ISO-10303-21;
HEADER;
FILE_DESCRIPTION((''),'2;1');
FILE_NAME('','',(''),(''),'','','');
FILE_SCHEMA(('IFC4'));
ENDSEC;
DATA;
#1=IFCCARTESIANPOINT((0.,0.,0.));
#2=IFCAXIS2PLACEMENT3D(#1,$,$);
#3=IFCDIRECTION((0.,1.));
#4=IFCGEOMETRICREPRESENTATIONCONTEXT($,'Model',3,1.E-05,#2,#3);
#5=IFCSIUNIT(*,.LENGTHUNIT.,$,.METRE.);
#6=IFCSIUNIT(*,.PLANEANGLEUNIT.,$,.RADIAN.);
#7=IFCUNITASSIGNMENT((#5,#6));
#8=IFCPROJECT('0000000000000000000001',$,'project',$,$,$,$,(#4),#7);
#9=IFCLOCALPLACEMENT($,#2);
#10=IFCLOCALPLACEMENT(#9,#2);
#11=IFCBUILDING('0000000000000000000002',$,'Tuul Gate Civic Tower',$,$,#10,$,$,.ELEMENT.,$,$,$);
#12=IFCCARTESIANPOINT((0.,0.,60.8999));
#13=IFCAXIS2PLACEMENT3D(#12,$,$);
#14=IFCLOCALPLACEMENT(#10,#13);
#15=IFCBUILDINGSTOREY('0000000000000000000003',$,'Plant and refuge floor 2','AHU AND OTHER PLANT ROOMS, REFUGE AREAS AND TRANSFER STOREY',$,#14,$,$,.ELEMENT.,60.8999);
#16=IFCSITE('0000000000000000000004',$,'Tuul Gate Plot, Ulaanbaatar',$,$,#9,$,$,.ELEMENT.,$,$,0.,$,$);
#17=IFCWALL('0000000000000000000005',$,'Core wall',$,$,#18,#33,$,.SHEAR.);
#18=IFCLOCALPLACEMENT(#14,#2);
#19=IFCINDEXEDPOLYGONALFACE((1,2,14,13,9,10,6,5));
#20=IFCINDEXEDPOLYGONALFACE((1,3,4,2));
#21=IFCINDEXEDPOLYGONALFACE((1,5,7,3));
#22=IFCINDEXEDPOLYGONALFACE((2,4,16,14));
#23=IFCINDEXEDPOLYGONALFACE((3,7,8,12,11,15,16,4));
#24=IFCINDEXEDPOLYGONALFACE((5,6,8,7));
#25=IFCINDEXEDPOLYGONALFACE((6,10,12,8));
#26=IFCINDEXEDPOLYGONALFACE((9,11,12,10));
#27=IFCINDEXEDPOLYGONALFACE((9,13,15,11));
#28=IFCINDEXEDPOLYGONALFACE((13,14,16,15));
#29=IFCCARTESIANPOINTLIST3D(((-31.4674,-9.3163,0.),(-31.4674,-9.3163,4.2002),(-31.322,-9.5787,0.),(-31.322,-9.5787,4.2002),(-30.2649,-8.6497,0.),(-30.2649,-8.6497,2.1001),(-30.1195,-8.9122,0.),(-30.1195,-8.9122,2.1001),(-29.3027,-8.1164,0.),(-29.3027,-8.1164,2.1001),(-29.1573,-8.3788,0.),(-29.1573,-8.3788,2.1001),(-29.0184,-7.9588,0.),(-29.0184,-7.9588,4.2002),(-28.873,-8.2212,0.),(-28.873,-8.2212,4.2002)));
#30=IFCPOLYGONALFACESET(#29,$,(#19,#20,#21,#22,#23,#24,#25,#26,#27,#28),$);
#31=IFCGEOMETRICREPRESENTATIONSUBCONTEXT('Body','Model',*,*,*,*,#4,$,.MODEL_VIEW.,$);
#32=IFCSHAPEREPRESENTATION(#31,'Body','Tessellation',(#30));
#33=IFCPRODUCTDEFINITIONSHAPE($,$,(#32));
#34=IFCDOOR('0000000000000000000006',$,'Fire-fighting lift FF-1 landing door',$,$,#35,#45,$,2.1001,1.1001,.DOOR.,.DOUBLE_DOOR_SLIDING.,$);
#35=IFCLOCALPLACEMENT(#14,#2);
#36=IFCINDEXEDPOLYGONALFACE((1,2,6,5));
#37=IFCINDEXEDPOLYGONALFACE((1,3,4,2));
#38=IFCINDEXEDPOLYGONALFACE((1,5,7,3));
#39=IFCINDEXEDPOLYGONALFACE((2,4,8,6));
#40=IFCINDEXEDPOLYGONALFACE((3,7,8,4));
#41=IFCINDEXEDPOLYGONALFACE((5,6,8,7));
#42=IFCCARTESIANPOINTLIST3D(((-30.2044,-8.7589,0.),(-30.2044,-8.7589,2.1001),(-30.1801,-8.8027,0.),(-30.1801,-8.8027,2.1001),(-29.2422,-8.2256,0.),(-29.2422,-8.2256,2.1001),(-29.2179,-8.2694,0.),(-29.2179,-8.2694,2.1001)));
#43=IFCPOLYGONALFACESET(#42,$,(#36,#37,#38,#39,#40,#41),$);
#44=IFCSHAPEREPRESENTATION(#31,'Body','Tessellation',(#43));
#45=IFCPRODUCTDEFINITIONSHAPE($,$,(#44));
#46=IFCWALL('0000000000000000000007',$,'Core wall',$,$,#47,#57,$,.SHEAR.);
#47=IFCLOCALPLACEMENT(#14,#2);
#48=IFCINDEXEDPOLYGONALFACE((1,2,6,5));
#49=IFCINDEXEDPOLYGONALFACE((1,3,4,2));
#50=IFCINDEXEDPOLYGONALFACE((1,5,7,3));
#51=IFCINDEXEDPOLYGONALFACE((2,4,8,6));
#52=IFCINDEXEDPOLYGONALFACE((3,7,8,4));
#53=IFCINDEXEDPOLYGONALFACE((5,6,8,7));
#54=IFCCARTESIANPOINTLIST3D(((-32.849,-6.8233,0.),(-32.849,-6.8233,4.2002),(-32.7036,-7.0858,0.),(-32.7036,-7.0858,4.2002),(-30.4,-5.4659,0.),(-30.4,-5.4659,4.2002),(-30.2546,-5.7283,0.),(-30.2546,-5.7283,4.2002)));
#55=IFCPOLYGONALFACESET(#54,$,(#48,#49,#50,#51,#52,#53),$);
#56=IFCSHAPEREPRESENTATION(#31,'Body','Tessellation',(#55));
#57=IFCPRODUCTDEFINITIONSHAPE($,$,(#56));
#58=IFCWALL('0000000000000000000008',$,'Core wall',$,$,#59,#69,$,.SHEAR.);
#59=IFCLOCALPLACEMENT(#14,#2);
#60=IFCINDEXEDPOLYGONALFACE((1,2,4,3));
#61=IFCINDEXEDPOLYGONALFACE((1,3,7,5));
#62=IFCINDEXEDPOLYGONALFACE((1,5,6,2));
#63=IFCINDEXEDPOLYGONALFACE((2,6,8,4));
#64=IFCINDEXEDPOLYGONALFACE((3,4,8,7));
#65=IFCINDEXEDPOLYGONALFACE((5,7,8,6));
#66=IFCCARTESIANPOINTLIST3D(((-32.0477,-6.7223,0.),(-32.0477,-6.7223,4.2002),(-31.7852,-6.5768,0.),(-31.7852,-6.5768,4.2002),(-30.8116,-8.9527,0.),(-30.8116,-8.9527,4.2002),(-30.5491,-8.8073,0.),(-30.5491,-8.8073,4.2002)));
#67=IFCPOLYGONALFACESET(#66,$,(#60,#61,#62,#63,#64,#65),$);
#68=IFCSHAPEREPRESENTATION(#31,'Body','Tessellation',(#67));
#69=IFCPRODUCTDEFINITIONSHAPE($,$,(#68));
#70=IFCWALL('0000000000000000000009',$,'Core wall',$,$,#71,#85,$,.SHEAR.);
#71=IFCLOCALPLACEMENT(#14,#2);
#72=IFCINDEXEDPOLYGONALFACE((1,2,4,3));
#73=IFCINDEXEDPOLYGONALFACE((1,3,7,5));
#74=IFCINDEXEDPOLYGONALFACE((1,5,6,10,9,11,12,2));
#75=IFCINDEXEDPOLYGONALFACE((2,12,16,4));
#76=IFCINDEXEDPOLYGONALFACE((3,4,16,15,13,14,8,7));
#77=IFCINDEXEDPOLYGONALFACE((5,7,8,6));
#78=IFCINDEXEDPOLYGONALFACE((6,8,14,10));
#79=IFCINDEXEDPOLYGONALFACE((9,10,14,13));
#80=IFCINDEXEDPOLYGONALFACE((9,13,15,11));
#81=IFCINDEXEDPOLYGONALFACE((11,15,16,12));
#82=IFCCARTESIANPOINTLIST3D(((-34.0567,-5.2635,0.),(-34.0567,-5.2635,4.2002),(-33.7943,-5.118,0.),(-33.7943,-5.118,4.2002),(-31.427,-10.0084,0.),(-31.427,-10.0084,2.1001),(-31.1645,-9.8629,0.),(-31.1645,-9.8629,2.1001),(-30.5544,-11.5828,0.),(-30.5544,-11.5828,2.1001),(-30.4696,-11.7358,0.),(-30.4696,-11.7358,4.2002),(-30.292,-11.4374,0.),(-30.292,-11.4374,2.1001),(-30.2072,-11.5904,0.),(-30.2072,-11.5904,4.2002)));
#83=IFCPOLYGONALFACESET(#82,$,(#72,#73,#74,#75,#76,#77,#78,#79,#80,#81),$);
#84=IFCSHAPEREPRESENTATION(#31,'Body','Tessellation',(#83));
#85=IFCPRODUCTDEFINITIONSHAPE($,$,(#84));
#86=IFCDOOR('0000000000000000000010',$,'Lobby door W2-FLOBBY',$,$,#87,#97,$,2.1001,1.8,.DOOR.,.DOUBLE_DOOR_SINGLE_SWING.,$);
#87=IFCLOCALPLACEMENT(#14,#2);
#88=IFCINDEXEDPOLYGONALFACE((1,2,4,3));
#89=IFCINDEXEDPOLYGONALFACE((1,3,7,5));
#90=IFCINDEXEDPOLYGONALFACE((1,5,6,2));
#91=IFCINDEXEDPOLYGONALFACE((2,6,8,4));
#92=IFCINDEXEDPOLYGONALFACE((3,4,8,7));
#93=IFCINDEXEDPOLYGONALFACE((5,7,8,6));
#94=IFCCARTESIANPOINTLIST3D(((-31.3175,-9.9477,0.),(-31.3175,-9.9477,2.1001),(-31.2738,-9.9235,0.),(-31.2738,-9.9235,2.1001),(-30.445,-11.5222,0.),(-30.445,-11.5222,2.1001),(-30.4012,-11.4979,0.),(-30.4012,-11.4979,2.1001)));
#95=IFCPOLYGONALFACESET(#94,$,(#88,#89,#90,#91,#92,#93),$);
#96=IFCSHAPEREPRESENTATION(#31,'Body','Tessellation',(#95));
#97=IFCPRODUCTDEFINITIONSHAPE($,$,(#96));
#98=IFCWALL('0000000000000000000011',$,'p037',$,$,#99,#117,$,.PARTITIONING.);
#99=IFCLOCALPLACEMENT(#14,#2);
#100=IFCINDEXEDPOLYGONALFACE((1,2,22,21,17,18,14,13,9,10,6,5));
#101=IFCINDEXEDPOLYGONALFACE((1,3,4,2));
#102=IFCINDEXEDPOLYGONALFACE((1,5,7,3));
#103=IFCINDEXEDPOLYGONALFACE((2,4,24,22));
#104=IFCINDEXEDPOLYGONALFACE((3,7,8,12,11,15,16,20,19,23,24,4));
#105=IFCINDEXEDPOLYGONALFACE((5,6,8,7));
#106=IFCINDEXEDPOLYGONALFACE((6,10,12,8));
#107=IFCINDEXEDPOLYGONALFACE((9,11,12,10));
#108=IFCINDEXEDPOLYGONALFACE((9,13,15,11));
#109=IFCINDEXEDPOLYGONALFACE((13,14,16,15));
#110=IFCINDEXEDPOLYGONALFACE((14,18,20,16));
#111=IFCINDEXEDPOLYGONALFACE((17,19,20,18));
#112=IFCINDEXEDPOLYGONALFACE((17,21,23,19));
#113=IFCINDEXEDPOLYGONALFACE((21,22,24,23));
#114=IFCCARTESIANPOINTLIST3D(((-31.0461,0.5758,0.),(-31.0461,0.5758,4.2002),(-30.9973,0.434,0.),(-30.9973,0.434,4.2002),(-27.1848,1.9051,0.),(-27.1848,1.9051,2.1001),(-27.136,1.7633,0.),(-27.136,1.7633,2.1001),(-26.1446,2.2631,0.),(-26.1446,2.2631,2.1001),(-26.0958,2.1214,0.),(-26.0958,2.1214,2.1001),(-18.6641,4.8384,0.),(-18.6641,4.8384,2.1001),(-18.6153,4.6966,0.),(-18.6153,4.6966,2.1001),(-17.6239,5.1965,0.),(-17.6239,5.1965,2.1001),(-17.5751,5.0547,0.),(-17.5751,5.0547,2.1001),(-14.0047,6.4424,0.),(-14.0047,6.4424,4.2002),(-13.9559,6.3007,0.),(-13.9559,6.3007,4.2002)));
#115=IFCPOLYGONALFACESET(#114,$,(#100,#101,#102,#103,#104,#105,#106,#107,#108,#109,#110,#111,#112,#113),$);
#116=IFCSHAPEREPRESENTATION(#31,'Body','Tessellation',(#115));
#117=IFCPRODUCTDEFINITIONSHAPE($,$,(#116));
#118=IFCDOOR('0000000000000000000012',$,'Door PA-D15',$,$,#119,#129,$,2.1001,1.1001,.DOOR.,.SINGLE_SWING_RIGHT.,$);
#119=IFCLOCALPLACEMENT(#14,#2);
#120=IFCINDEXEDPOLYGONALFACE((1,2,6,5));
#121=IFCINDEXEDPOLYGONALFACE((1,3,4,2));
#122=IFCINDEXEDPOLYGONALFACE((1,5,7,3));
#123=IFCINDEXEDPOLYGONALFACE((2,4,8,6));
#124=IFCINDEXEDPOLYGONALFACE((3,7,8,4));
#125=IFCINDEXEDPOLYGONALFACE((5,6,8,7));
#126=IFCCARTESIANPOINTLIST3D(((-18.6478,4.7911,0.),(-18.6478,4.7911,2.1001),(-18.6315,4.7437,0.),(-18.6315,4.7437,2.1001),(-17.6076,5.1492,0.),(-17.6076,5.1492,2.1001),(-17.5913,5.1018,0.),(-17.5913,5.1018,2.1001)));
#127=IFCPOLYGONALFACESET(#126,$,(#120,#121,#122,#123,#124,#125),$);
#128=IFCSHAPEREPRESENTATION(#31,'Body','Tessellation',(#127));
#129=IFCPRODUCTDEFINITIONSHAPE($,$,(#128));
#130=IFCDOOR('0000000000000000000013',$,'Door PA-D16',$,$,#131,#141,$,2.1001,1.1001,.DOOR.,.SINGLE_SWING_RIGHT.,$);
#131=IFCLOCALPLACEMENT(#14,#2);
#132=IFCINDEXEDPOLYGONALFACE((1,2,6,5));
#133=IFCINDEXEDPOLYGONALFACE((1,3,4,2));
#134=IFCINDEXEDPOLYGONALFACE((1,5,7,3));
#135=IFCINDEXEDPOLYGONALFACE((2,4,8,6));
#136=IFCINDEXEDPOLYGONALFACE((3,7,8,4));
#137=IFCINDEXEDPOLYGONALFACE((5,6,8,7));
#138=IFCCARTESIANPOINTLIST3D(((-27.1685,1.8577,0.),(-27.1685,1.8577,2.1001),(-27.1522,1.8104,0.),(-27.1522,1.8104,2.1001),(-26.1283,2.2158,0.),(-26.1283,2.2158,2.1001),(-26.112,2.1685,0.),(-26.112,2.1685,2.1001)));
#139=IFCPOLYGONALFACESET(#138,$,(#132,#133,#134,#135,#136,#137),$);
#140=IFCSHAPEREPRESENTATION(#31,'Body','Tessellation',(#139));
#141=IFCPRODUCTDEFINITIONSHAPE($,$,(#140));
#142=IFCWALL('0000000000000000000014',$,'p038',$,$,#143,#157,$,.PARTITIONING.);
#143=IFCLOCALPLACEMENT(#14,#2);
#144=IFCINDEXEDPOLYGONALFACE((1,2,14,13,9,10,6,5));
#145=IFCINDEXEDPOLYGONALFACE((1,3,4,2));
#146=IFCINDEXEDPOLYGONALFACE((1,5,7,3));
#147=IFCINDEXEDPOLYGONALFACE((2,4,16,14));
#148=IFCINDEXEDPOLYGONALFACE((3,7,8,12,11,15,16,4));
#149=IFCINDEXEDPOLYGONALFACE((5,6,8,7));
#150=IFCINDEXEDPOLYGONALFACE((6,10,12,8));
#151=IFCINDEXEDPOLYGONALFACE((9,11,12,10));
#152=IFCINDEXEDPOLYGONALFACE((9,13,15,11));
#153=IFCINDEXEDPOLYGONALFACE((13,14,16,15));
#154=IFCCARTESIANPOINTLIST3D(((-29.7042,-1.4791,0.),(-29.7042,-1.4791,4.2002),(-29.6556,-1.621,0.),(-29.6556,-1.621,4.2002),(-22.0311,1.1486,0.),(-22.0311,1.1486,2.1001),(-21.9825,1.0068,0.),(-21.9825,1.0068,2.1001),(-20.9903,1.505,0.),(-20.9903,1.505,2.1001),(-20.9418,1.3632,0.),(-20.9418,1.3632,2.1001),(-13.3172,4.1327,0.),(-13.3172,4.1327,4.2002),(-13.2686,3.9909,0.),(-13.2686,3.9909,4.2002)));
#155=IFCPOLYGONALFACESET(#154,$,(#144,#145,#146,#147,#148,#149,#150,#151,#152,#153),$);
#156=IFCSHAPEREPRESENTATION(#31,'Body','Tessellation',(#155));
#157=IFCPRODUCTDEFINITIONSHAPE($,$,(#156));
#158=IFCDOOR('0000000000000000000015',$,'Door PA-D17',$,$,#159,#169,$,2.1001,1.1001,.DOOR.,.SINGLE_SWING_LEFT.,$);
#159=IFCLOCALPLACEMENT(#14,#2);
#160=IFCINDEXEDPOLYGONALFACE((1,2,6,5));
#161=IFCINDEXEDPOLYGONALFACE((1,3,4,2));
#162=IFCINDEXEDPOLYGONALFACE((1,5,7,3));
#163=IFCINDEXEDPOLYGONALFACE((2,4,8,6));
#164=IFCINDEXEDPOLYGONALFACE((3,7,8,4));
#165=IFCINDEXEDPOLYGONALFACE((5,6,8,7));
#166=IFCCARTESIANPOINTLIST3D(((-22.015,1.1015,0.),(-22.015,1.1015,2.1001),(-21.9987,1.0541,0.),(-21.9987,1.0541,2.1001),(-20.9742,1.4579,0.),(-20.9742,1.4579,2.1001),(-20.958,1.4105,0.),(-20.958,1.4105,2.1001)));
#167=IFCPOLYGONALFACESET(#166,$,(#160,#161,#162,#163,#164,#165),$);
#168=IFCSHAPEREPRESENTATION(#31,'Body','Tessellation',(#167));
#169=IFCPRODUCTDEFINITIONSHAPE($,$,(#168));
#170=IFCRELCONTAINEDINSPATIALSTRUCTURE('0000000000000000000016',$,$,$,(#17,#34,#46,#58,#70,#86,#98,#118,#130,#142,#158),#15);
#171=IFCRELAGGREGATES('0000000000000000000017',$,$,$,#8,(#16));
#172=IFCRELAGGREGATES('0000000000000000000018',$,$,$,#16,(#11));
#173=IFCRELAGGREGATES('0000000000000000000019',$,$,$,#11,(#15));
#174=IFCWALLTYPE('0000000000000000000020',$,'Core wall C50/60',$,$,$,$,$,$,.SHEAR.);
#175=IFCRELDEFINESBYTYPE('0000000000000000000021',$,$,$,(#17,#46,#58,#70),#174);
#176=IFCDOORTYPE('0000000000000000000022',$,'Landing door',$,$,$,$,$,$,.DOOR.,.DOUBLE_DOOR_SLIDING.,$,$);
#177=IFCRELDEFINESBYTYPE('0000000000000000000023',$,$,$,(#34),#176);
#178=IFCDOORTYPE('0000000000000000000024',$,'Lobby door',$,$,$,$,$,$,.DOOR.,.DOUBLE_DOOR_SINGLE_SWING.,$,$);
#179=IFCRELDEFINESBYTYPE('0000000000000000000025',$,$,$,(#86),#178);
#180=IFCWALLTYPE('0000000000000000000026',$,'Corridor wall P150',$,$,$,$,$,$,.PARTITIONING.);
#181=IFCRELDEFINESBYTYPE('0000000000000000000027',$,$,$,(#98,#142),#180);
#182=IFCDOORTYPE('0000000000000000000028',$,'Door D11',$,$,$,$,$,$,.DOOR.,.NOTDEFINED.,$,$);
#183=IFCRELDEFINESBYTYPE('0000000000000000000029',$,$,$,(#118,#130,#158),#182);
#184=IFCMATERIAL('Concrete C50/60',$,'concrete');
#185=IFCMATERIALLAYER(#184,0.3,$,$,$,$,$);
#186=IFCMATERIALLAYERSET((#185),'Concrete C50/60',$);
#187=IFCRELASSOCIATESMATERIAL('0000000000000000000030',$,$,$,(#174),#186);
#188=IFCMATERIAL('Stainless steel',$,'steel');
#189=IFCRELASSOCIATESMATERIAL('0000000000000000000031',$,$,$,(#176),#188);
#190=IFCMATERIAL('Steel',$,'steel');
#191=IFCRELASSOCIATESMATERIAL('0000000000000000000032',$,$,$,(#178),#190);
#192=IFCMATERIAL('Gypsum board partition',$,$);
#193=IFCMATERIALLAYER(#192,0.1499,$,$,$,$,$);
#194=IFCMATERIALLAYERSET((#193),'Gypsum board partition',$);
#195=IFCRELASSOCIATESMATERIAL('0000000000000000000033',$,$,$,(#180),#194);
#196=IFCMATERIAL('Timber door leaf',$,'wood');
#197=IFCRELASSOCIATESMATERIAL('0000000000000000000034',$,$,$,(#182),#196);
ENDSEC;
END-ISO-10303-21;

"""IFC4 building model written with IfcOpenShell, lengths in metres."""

from ifc_helpers import new_model, si_unit, direction, frame, frame_2d, origin, place, context, subcontext, project, spatial, rectangle, extrude, material, layer, layer_set, type_object, element, fill, save


model = new_model("IFC4")

# Units and contexts
model_context = context("Model", 3, precision=1e-05, world=origin(), true_north=direction((0.0, 1.0)))
body_context = subcontext(model_context, "Body", "Model", "MODEL_VIEW")
ifc_project = project(units=[si_unit("LENGTHUNIT", "METRE"), si_unit("PLANEANGLEUNIT", "RADIAN")], contexts=[model_context])

# Site, building, storey
site_placement = place(None, origin())
site = spatial("IfcSite", under=ifc_project, at=site_placement, Name="Tuul Gate Plot, Ulaanbaatar", CompositionType="ELEMENT", RefElevation=0.0)
building_placement = place(site_placement, origin())
building = spatial("IfcBuilding", under=site, at=building_placement, Name="Tuul Gate Civic Tower", CompositionType="ELEMENT")
storey_placement = place(building_placement, frame((0.0, 0.0, 60.8999)))
storey = spatial("IfcBuildingStorey", under=building, at=storey_placement, Name="Plant and refuge floor 2", Description="AHU AND OTHER PLANT ROOMS, REFUGE AREAS AND TRANSFER STOREY", CompositionType="ELEMENT", Elevation=60.8999)

# Shared definitions
ifc_material_1 = material(Name="Concrete C50/60", Category="concrete")
ifc_layer_1 = layer(ifc_material_1, 0.3)
ifc_layer_set_1 = layer_set([ifc_layer_1], Name="Concrete C50/60")
wall_type_1 = type_object("IfcWallType", Name="Core wall C50/60", PredefinedType="SHEAR", material=ifc_layer_set_1)

# Wall, opening, door
wall_1_placement = place(storey_placement, frame((-28.9458, -8.0901, 0.0), z_axis=(0.0, 0.0, 1.0), x_axis=(-0.87463, -0.484791, 0.0)))
wall_1 = element("IfcWall", 1, at=wall_1_placement, inside=storey, type_object=wall_type_1, Name="Core wall", PredefinedType="SHEAR", context=body_context, shape_type="SweptSolid", body=[
    extrude(rectangle(XDim=2.8, YDim=0.3, at=frame_2d((1.3999, 0.0))), origin(), (0.0, 0.0, 1.0), 4.2002),
])
opening_1_placement = place(wall_1_placement, frame((0.325, 0.0, 0.0)))
opening_1 = element("IfcOpeningElement", 2, at=opening_1_placement, cuts=wall_1, PredefinedType="OPENING", context=body_context, shape_type="SweptSolid", body=[
    extrude(rectangle(XDim=1.1001, YDim=2.1001, at=frame_2d((0.55, 1.05))), frame((0.0, 0.1602, 0.0), z_axis=(0.0, -1.0, 0.0), x_axis=(1.0, 0.0, 0.0)), (0.0, 0.0, 1.0), 0.3201),
])
ifc_material_2 = material(Name="Stainless steel", Category="steel")
door_type_1 = type_object("IfcDoorType", Name="Landing door", OperationType="DOUBLE_DOOR_SLIDING", PredefinedType="DOOR", material=ifc_material_2)
door_1_placement = place(opening_1_placement, origin())
door_1 = element("IfcDoor", 3, at=door_1_placement, inside=storey, type_object=door_type_1, Name="Fire-fighting lift FF-1 landing door", OperationType="DOUBLE_DOOR_SLIDING", OverallHeight=2.1001, OverallWidth=1.1001, PredefinedType="DOOR", context=body_context, shape_type="SweptSolid", body=[
    extrude(rectangle(XDim=1.1001, YDim=2.1001, at=frame_2d((0.55, 1.05))), frame((0.0, 0.0249, 0.0), z_axis=(0.0, -1.0, 0.0), x_axis=(1.0, 0.0, 0.0)), (0.0, 0.0, 1.0), 0.05),
])
fill(opening_1, door_1)

# Walls
wall_2_placement = place(storey_placement, frame((-30.3274, -5.5972, 0.0), z_axis=(0.0, 0.0, 1.0), x_axis=(-0.87463, -0.484791, 0.0)))
element("IfcWall", 4, at=wall_2_placement, inside=storey, type_object=wall_type_1, Name="Core wall", PredefinedType="SHEAR", context=body_context, shape_type="SweptSolid", body=[
    extrude(rectangle(XDim=2.8, YDim=0.3, at=frame_2d((1.3999, 0.0))), origin(), (0.0, 0.0, 1.0), 4.2002),
])
wall_3_placement = place(storey_placement, frame((-30.6804, -8.8799, 0.0), z_axis=(0.0, 0.0, 1.0), x_axis=(-0.484724, 0.874667, 0.0)))
element("IfcWall", 5, at=wall_3_placement, inside=storey, type_object=wall_type_1, Name="Core wall", PredefinedType="SHEAR", context=body_context, shape_type="SweptSolid", body=[
    extrude(rectangle(XDim=2.55, YDim=0.3, at=frame_2d((1.2749, 0.0))), origin(), (0.0, 0.0, 1.0), 4.2002),
])

# Wall, opening, door
wall_4_placement = place(storey_placement, frame((-30.3384, -11.6631, 0.0), z_axis=(0.0, 0.0, 1.0), x_axis=(-0.484752, 0.874652, 0.0)))
wall_4 = element("IfcWall", 6, at=wall_4_placement, inside=storey, type_object=wall_type_1, Name="Core wall", PredefinedType="SHEAR", context=body_context, shape_type="SweptSolid", body=[
    extrude(rectangle(XDim=7.3999, YDim=0.3, at=frame_2d((3.7, 0.0))), origin(), (0.0, 0.0, 1.0), 4.2002),
])
opening_2_placement = place(wall_4_placement, frame((0.175, 0.0, 0.0)))
opening_2 = element("IfcOpeningElement", 7, at=opening_2_placement, cuts=wall_4, PredefinedType="OPENING", context=body_context, shape_type="SweptSolid", body=[
    extrude(rectangle(XDim=1.8, YDim=2.1001, at=frame_2d((0.8999, 1.05))), frame((0.0, 0.1602, 0.0), z_axis=(0.0, -1.0, 0.0), x_axis=(1.0, 0.0, 0.0)), (0.0, 0.0, 1.0), 0.3201),
])
ifc_material_3 = material(Name="Steel", Category="steel")
door_type_2 = type_object("IfcDoorType", Name="Lobby door", OperationType="DOUBLE_DOOR_SINGLE_SWING", PredefinedType="DOOR", material=ifc_material_3)
door_2_placement = place(opening_2_placement, origin())
door_2 = element("IfcDoor", 8, at=door_2_placement, inside=storey, type_object=door_type_2, Name="Lobby door W2-FLOBBY", OperationType="DOUBLE_DOOR_SINGLE_SWING", OverallHeight=2.1001, OverallWidth=1.8, PredefinedType="DOOR", context=body_context, shape_type="SweptSolid", body=[
    extrude(rectangle(XDim=1.8, YDim=2.1001, at=frame_2d((0.8999, 1.05))), frame((0.0, 0.0249, 0.0), z_axis=(0.0, -1.0, 0.0), x_axis=(1.0, 0.0, 0.0)), (0.0, 0.0, 1.0), 0.05),
])
fill(opening_2, door_2)

# Wall, openings, doors
ifc_material_4 = material(Name="Gypsum board partition")
ifc_layer_2 = layer(ifc_material_4, 0.1499)
ifc_layer_set_2 = layer_set([ifc_layer_2], Name="Gypsum board partition")
wall_type_2 = type_object("IfcWallType", Name="Corridor wall P150", PredefinedType="PARTITIONING", material=ifc_layer_set_2)
wall_5_placement = place(storey_placement, frame((-31.0217, 0.5049, 0.0), z_axis=(0.0, 0.0, 1.0), x_axis=(0.945538, 0.325511, 0.0)))
wall_5 = element("IfcWall", 9, at=wall_5_placement, inside=storey, type_object=wall_type_2, Name="p037", PredefinedType="PARTITIONING", context=body_context, shape_type="SweptSolid", body=[
    extrude(rectangle(XDim=18.0229, YDim=0.1499, at=frame_2d((9.0115, 0.0))), origin(), (0.0, 0.0, 1.0), 4.2002),
])
opening_3_placement = place(wall_5_placement, frame((13.0952, 0.0, 0.0)))
opening_3 = element("IfcOpeningElement", 10, at=opening_3_placement, cuts=wall_5, PredefinedType="OPENING", context=body_context, shape_type="SweptSolid", body=[
    extrude(rectangle(XDim=1.1001, YDim=2.1001, at=frame_2d((0.55, 1.05))), frame((0.0, 0.085, 0.0), z_axis=(0.0, -1.0, 0.0), x_axis=(1.0, 0.0, 0.0)), (0.0, 0.0, 1.0), 0.1699),
])
opening_4_placement = place(wall_5_placement, frame((4.0837, 0.0, 0.0)))
opening_4 = element("IfcOpeningElement", 11, at=opening_4_placement, cuts=wall_5, PredefinedType="OPENING", context=body_context, shape_type="SweptSolid", body=[
    extrude(rectangle(XDim=1.1001, YDim=2.1001, at=frame_2d((0.55, 1.05))), frame((0.0, 0.085, 0.0), z_axis=(0.0, -1.0, 0.0), x_axis=(1.0, 0.0, 0.0)), (0.0, 0.0, 1.0), 0.1699),
])
ifc_material_5 = material(Name="Timber door leaf", Category="wood")
door_type_3 = type_object("IfcDoorType", Name="Door D11", OperationType="NOTDEFINED", PredefinedType="DOOR", material=ifc_material_5)
door_3_placement = place(opening_3_placement, origin())
door_3 = element("IfcDoor", 12, at=door_3_placement, inside=storey, type_object=door_type_3, Name="Door PA-D15", OperationType="SINGLE_SWING_RIGHT", OverallHeight=2.1001, OverallWidth=1.1001, PredefinedType="DOOR", context=body_context, shape_type="SweptSolid", body=[
    extrude(rectangle(XDim=1.1001, YDim=2.1001, at=frame_2d((0.55, 1.05))), frame((0.0, 0.0249, 0.0), z_axis=(0.0, -1.0, 0.0), x_axis=(1.0, 0.0, 0.0)), (0.0, 0.0, 1.0), 0.05),
])
fill(opening_3, door_3)
door_4_placement = place(opening_4_placement, origin())
door_4 = element("IfcDoor", 13, at=door_4_placement, inside=storey, type_object=door_type_3, Name="Door PA-D16", OperationType="SINGLE_SWING_RIGHT", OverallHeight=2.1001, OverallWidth=1.1001, PredefinedType="DOOR", context=body_context, shape_type="SweptSolid", body=[
    extrude(rectangle(XDim=1.1001, YDim=2.1001, at=frame_2d((0.55, 1.05))), frame((0.0, 0.0249, 0.0), z_axis=(0.0, -1.0, 0.0), x_axis=(1.0, 0.0, 0.0)), (0.0, 0.0, 1.0), 0.05),
])
fill(opening_4, door_4)

# Wall, opening, door
wall_6_placement = place(storey_placement, frame((-29.6799, -1.55, 0.0), z_axis=(0.0, 0.0, 1.0), x_axis=(0.946062, 0.323985, 0.0)))
wall_6 = element("IfcWall", 14, at=wall_6_placement, inside=storey, type_object=wall_type_2, Name="p038", PredefinedType="PARTITIONING", context=body_context, shape_type="SweptSolid", body=[
    extrude(rectangle(XDim=17.3213, YDim=0.1499, at=frame_2d((8.6606, 0.0))), origin(), (0.0, 0.0, 1.0), 4.2002),
])
opening_5_placement = place(wall_6_placement, frame((8.1106, 0.0, 0.0)))
opening_5 = element("IfcOpeningElement", 15, at=opening_5_placement, cuts=wall_6, PredefinedType="OPENING", context=body_context, shape_type="SweptSolid", body=[
    extrude(rectangle(XDim=1.1001, YDim=2.1001, at=frame_2d((0.55, 1.05))), frame((0.0, 0.085, 0.0), z_axis=(0.0, -1.0, 0.0), x_axis=(1.0, 0.0, 0.0)), (0.0, 0.0, 1.0), 0.1699),
])
door_5_placement = place(opening_5_placement, frame((1.1001, 0.0, 0.0), z_axis=(0.0, 0.0, 1.0), x_axis=(-1.0, 0.0, 0.0)))
door_5 = element("IfcDoor", 16, at=door_5_placement, inside=storey, type_object=door_type_3, Name="Door PA-D17", OperationType="SINGLE_SWING_LEFT", OverallHeight=2.1001, OverallWidth=1.1001, PredefinedType="DOOR", context=body_context, shape_type="SweptSolid", body=[
    extrude(rectangle(XDim=1.1001, YDim=2.1001, at=frame_2d((0.55, 1.05))), frame((0.0, 0.0249, 0.0), z_axis=(0.0, -1.0, 0.0), x_axis=(1.0, 0.0, 0.0)), (0.0, 0.0, 1.0), 0.05),
])
fill(opening_5, door_5)

save(model, "model.ifc")
